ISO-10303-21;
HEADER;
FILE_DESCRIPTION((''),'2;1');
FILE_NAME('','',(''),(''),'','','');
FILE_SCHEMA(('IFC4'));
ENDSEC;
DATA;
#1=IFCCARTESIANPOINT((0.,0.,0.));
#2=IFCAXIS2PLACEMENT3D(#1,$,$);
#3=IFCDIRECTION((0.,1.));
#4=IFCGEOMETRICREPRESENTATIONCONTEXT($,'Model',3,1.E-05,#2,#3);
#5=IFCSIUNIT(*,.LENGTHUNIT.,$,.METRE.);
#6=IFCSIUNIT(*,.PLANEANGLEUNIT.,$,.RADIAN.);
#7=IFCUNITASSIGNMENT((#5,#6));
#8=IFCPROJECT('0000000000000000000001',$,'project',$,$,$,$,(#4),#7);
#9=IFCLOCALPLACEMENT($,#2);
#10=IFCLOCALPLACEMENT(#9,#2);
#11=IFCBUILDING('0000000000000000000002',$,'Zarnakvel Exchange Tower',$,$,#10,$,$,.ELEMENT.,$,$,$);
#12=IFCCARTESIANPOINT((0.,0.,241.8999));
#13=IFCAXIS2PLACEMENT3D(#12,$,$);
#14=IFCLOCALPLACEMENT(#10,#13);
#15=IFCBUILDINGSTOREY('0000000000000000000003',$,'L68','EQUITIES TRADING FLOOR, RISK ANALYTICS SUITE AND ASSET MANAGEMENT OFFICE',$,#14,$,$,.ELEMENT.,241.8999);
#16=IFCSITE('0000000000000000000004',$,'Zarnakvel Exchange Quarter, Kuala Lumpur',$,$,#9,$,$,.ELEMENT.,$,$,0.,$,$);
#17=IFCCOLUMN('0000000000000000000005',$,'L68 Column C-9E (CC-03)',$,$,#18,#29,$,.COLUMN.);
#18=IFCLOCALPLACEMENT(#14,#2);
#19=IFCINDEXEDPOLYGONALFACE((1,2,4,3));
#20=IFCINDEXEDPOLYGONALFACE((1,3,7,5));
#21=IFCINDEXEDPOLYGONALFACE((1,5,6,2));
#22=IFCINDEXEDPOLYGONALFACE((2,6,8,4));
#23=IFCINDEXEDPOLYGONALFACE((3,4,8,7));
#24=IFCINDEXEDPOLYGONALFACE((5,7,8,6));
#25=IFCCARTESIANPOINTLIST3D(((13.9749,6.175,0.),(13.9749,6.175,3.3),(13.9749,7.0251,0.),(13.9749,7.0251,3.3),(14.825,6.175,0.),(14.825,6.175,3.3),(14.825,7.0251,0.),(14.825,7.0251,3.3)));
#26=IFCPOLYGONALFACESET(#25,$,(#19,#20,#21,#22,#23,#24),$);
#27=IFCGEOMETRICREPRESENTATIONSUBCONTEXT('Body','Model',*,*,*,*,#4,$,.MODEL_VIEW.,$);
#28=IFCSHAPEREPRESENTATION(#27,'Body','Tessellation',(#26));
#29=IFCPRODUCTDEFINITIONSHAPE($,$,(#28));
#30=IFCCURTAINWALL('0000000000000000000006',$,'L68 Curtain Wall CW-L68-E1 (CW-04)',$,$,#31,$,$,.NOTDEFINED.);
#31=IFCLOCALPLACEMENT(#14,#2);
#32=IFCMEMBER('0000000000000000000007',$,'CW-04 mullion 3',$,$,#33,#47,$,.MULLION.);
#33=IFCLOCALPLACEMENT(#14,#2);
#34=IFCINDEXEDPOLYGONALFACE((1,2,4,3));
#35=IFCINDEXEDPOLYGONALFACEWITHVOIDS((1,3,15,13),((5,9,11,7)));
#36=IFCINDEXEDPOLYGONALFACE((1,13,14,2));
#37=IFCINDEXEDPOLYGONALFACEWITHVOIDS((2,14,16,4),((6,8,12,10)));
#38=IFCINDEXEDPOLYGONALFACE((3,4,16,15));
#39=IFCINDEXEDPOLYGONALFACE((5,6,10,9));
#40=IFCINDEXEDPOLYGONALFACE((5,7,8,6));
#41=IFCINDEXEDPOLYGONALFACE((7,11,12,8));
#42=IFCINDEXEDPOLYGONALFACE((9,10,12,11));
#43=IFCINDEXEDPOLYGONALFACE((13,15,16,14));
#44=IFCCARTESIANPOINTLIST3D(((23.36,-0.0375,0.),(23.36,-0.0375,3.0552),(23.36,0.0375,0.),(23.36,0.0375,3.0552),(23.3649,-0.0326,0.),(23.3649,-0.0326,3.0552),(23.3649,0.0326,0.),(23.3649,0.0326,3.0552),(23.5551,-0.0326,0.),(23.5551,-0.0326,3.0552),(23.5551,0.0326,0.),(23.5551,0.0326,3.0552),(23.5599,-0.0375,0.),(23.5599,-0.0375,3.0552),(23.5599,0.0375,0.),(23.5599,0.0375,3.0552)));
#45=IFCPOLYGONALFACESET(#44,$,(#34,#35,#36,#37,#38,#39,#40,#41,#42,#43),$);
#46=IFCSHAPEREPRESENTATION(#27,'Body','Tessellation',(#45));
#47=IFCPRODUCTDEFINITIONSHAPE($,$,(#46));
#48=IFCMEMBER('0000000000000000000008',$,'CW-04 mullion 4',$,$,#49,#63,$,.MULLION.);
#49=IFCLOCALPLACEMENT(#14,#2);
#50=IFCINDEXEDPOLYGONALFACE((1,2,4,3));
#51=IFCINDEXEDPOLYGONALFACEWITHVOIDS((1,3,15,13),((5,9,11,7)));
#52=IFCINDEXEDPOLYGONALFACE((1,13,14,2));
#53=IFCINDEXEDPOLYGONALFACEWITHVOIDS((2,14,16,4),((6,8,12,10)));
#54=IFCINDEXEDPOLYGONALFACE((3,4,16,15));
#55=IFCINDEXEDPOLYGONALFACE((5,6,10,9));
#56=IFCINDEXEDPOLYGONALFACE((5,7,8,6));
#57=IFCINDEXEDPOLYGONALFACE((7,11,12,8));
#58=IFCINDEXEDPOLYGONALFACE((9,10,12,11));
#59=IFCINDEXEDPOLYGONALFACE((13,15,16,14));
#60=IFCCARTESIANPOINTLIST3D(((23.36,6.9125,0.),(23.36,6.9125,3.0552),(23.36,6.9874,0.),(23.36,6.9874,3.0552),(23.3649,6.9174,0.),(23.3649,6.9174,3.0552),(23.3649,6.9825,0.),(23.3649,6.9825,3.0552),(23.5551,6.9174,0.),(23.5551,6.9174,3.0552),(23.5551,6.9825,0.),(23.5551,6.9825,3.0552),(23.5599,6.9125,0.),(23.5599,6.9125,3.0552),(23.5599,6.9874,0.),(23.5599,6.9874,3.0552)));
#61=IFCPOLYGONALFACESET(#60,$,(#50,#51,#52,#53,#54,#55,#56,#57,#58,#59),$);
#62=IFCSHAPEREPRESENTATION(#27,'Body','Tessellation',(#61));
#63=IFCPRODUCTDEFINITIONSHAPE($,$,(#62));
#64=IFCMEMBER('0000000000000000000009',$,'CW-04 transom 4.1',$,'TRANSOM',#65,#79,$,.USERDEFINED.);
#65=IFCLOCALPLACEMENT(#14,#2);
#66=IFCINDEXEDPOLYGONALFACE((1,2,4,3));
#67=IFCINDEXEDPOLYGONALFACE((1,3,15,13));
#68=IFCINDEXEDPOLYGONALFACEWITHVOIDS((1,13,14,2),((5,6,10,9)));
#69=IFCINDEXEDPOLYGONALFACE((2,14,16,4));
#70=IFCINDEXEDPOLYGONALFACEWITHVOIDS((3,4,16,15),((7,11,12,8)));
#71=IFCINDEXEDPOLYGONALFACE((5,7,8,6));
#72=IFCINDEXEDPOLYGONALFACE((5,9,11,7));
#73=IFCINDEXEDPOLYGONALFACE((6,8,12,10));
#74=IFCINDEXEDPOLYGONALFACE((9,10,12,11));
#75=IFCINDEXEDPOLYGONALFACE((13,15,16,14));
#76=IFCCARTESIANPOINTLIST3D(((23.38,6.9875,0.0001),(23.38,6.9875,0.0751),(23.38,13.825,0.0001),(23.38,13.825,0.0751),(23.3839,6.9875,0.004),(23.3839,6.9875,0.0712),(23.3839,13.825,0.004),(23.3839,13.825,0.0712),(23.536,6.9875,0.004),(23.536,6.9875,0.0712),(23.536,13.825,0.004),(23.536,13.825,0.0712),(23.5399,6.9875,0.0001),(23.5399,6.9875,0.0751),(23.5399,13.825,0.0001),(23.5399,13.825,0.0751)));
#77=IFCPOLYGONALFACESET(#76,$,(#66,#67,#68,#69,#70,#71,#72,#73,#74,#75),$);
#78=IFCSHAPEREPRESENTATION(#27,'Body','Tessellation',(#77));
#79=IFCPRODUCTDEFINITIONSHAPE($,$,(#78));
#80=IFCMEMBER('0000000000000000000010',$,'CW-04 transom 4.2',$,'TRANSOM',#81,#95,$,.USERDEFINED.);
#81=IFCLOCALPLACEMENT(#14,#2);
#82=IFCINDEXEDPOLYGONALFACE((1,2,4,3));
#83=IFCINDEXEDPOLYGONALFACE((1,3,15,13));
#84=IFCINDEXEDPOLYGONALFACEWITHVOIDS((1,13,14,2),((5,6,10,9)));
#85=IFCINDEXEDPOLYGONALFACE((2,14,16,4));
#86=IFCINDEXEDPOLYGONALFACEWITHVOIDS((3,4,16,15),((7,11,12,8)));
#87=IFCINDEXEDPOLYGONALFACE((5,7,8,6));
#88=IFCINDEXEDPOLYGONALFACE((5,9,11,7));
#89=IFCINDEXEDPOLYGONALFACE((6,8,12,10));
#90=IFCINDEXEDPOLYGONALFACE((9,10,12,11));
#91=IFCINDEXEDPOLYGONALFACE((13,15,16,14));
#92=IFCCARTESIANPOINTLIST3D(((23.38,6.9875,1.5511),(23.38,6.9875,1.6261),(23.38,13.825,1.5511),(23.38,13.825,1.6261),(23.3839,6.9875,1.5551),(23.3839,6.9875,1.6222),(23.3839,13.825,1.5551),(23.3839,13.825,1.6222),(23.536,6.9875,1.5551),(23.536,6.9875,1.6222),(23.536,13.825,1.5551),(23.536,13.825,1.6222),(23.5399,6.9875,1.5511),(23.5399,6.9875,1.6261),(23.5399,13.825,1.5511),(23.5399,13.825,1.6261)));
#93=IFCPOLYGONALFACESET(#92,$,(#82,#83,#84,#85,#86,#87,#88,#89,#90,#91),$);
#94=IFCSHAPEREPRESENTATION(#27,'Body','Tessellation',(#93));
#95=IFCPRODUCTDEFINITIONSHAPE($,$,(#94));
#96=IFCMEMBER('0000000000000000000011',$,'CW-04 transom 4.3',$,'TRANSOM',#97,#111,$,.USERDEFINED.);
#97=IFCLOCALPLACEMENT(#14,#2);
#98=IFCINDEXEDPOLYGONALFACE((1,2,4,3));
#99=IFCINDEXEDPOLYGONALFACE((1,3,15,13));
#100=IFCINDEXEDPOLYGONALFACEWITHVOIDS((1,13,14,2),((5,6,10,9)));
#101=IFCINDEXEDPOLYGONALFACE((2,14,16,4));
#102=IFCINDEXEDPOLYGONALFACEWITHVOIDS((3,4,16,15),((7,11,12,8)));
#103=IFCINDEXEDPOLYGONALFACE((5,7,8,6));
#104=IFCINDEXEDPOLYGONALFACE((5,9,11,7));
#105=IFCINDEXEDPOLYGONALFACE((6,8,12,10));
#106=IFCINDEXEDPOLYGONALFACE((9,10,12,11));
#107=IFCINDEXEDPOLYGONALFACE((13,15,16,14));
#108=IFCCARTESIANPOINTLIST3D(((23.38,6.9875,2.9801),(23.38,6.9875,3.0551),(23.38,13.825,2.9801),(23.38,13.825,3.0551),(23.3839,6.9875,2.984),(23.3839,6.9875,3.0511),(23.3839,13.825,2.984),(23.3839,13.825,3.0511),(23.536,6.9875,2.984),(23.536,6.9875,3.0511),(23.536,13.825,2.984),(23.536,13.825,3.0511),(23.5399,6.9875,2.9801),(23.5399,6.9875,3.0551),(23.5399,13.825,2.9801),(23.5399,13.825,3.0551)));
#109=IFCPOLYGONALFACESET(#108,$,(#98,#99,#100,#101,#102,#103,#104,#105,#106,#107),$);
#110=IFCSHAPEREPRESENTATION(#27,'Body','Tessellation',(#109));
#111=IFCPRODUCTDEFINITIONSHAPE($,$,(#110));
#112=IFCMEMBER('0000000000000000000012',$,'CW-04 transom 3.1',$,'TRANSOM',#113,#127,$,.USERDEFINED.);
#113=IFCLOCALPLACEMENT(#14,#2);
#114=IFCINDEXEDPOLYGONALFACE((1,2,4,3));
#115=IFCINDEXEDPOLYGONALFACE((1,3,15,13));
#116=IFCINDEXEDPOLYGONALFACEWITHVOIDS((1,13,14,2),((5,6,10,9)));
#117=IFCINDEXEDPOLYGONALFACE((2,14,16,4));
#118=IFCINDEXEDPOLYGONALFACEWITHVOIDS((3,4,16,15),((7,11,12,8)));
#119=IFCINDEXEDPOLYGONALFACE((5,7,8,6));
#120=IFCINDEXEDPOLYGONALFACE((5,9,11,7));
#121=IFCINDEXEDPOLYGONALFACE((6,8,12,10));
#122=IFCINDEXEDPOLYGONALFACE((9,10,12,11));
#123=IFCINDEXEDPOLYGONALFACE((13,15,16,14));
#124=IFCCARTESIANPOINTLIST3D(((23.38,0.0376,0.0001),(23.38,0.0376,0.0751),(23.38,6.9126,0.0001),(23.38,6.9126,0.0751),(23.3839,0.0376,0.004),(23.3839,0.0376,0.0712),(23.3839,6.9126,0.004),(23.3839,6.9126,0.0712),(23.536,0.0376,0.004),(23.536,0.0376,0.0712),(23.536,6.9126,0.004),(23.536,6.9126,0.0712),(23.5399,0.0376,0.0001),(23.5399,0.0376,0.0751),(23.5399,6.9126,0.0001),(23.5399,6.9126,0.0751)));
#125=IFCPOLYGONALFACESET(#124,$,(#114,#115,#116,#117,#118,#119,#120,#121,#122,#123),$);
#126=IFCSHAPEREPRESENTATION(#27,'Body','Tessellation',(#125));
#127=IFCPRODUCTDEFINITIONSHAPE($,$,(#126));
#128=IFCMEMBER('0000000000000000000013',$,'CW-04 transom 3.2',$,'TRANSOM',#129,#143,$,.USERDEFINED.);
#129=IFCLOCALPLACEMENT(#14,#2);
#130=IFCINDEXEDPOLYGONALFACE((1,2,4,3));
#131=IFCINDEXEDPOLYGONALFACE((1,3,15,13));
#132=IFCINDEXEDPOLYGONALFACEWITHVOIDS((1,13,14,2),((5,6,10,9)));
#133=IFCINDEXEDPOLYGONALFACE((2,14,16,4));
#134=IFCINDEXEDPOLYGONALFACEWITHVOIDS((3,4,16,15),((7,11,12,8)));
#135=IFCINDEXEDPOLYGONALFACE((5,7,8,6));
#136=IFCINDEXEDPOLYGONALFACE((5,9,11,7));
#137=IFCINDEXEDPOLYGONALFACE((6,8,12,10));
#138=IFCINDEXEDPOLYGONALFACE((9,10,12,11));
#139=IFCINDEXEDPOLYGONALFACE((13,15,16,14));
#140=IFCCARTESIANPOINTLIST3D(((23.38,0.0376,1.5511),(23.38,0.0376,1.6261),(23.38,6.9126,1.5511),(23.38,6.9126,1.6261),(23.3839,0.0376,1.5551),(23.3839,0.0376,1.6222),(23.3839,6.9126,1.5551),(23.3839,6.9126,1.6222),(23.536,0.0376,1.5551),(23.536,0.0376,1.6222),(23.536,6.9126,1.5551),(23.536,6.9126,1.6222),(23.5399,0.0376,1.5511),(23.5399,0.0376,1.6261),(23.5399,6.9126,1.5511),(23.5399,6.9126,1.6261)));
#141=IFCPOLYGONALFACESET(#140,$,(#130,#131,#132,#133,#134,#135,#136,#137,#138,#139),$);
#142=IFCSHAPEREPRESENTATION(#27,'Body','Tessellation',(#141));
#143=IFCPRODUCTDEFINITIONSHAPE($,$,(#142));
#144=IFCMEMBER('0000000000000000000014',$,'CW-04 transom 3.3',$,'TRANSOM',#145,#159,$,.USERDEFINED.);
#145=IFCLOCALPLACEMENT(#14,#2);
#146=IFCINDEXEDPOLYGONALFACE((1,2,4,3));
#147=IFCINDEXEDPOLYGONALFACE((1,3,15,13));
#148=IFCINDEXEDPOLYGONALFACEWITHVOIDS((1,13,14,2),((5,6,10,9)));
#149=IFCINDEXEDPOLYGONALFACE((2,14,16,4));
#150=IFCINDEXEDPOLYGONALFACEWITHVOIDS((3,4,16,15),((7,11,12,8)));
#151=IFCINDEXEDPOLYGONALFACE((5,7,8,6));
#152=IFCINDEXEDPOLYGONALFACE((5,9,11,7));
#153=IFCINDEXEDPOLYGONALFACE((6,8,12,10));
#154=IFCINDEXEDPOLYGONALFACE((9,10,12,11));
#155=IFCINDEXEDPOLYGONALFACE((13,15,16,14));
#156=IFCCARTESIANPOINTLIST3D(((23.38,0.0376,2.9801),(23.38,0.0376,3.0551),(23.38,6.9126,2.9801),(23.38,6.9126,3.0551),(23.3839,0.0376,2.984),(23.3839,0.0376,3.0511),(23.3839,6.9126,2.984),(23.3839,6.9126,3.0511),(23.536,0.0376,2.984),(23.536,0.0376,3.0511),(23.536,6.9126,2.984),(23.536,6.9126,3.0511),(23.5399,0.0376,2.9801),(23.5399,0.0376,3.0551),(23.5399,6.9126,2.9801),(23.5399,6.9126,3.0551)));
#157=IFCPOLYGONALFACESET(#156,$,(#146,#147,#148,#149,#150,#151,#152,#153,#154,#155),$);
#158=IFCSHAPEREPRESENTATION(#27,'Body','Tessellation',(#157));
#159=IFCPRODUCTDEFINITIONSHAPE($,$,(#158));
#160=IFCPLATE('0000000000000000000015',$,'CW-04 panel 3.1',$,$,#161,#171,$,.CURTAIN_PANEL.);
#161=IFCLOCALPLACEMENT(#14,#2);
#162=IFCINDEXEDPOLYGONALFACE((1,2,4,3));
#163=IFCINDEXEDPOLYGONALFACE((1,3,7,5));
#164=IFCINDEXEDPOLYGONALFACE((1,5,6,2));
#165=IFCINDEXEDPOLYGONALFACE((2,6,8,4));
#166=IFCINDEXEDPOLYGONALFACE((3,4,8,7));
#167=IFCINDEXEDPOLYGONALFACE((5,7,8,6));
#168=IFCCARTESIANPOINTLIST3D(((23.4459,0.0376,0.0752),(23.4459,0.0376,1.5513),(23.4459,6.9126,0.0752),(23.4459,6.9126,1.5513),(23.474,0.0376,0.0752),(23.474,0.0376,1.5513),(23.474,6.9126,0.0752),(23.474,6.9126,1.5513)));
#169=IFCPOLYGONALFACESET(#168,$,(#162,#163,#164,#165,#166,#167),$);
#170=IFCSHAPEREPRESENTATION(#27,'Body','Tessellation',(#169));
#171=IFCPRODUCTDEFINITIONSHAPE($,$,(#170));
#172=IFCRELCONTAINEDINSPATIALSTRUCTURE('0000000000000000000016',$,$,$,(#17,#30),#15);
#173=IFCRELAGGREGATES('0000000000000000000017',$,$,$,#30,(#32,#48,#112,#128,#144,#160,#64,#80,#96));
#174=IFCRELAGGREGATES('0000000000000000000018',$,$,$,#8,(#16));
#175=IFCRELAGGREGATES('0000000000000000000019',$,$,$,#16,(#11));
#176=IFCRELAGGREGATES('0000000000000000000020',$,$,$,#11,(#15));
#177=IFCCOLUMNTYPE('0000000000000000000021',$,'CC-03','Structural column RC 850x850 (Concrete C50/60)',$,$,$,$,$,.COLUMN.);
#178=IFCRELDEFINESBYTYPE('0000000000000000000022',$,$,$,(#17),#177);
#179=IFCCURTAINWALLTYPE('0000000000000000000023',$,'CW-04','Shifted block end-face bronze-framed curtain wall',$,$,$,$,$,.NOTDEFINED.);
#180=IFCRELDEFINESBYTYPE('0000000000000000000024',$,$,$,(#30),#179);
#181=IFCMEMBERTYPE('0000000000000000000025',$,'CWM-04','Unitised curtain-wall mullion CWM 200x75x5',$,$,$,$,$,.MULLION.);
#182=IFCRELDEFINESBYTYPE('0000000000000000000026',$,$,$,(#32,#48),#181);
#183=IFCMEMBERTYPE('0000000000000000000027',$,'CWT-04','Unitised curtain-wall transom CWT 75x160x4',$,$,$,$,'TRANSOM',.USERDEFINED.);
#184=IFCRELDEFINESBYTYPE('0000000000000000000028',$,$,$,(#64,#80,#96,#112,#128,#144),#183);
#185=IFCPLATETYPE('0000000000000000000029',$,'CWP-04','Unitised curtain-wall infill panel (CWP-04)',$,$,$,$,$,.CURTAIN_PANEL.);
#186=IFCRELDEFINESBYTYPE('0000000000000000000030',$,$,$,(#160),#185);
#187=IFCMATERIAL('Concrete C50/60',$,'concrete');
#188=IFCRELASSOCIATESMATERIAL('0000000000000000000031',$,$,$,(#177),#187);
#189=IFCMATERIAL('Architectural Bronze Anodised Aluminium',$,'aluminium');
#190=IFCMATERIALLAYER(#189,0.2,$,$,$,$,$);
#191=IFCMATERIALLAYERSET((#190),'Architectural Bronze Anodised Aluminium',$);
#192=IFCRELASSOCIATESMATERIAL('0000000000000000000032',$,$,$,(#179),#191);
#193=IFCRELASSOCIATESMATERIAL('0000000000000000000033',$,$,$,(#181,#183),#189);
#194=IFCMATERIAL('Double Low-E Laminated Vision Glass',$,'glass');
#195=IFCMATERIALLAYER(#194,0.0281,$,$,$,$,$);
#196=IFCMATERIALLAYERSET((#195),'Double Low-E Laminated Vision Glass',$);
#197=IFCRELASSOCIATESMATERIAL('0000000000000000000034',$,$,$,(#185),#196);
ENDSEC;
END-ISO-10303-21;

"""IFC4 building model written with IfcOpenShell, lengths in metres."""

from ifc_helpers import new_model, si_unit, direction, frame, origin, origin_2d, place, context, subcontext, project, spatial, rectangle, hollow_rectangle, extrude, source, transform, mapped, material, layer, layer_set, material_profile, profile_set, type_object, element, aggregate, save


model = new_model("IFC4")

# Units and contexts
model_context = context("Model", 3, precision=1e-05, world=origin(), true_north=direction((0.0, 1.0)))
body_context = subcontext(model_context, "Body", "Model", "MODEL_VIEW")
ifc_project = project(units=[si_unit("LENGTHUNIT", "METRE"), si_unit("PLANEANGLEUNIT", "RADIAN")], contexts=[model_context])

# Site, building, storey
site_placement = place(None, origin())
site = spatial("IfcSite", under=ifc_project, at=site_placement, Name="Zarnakvel Exchange Quarter, Kuala Lumpur", CompositionType="ELEMENT", RefElevation=0.0)
building_placement = place(site_placement, origin())
building = spatial("IfcBuilding", under=site, at=building_placement, Name="Zarnakvel Exchange Tower", CompositionType="ELEMENT")
storey_placement = place(building_placement, frame((0.0, 0.0, 241.8999)))
storey = spatial("IfcBuildingStorey", under=building, at=storey_placement, Name="L68", Description="EQUITIES TRADING FLOOR, RISK ANALYTICS SUITE AND ASSET MANAGEMENT OFFICE", CompositionType="ELEMENT", Elevation=241.8999)

# Column
ifc_material_1 = material(Name="Concrete C50/60", Category="concrete")
ifc_material_profile_1 = material_profile(ifc_material_1, rectangle(XDim=0.8501, YDim=0.8501, at=origin_2d()))
ifc_profile_set_1 = profile_set([ifc_material_profile_1], Name="Concrete C50/60")
column_type = type_object("IfcColumnType", Name="CC-03", Description="Structural column RC 850x850 (Concrete C50/60)", PredefinedType="COLUMN", material=ifc_profile_set_1)
column_placement = place(storey_placement, frame((14.3999, 6.6001, 0.0), z_axis=(0.0, 0.0, 1.0), x_axis=(1.0, 0.0, 0.0)))
element("IfcColumn", 1, at=column_placement, inside=storey, type_object=column_type, Name="L68 Column C-9E (CC-03)", PredefinedType="COLUMN", context=body_context, shape_type="SweptSolid", body=[
    extrude(rectangle(XDim=0.8501, YDim=0.8501, at=origin_2d()), origin(), (0.0, 0.0, 1.0), 3.3),
])

# Curtain wall, members, plate
ifc_material_2 = material(Name="Architectural Bronze Anodised Aluminium", Category="aluminium")
ifc_layer_1 = layer(ifc_material_2, 0.2)
ifc_layer_set_1 = layer_set([ifc_layer_1], Name="Architectural Bronze Anodised Aluminium")
curtain_wall_type = type_object("IfcCurtainWallType", Name="CW-04", Description="Shifted block end-face bronze-framed curtain wall", PredefinedType="NOTDEFINED", material=ifc_layer_set_1)
curtain_wall_placement = place(storey_placement, origin())
curtain_wall = element("IfcCurtainWall", 2, at=curtain_wall_placement, inside=storey, type_object=curtain_wall_type, Name="L68 Curtain Wall CW-L68-E1 (CW-04)", PredefinedType="NOTDEFINED")
ifc_material_profile_2 = material_profile(ifc_material_2, hollow_rectangle(XDim=0.2, YDim=0.075, WallThickness=0.0049, at=origin_2d()))
ifc_profile_set_2 = profile_set([ifc_material_profile_2], Name="Architectural Bronze Anodised Aluminium")
member_type_1 = type_object("IfcMemberType", Name="CWM-04", Description="Unitised curtain-wall mullion CWM 200x75x5", PredefinedType="MULLION", material=ifc_profile_set_2)
shared_shape_1 = source(origin(), body_context, "Body", "SweptSolid", [
    extrude(hollow_rectangle(XDim=0.2, YDim=0.075, WallThickness=0.0049, at=origin_2d()), origin(), (0.0, 0.0, 1.0), 3.0552),
])
member_1_placement = place(storey_placement, frame((23.46, 0.0, 0.0), z_axis=(0.0, 0.0, 1.0), x_axis=(-1.0, 0.0, 0.0)))
member_1 = element("IfcMember", 3, at=member_1_placement, type_object=member_type_1, Name="CW-04 mullion 3", PredefinedType="MULLION", context=body_context, shape_type="MappedRepresentation", body=[
    mapped(shared_shape_1, transform((0.0, 0.0, 0.0), x_axis=(1.0, 0.0, 0.0), y_axis=(0.0, 1.0, 0.0), z_axis=(0.0, 0.0, 1.0), scale=1.0)),
])
member_2_placement = place(storey_placement, frame((23.46, 6.95, 0.0), z_axis=(0.0, 0.0, 1.0), x_axis=(-1.0, 0.0, 0.0)))
member_2 = element("IfcMember", 4, at=member_2_placement, type_object=member_type_1, Name="CW-04 mullion 4", PredefinedType="MULLION", context=body_context, shape_type="MappedRepresentation", body=[
    mapped(shared_shape_1, transform((0.0, 0.0, 0.0), x_axis=(1.0, 0.0, 0.0), y_axis=(0.0, 1.0, 0.0), z_axis=(0.0, 0.0, 1.0), scale=1.0)),
])
ifc_material_profile_3 = material_profile(ifc_material_2, hollow_rectangle(XDim=0.1599, YDim=0.075, WallThickness=0.0039, at=origin_2d()))
ifc_profile_set_3 = profile_set([ifc_material_profile_3], Name="Architectural Bronze Anodised Aluminium")
member_type_2 = type_object("IfcMemberType", Name="CWT-04", Description="Unitised curtain-wall transom CWT 75x160x4", ElementType="TRANSOM", PredefinedType="USERDEFINED", material=ifc_profile_set_3)
shared_shape_2 = source(origin(), body_context, "Body", "SweptSolid", [
    extrude(hollow_rectangle(XDim=0.1599, YDim=0.075, WallThickness=0.0039, at=origin_2d()), origin(), (0.0, 0.0, 1.0), 6.8374),
])
member_3_placement = place(storey_placement, frame((23.46, 6.9875, 0.0376), z_axis=(0.0, 1.0, 0.0), x_axis=(-1.0, 0.0, 0.0)))
member_3 = element("IfcMember", 5, at=member_3_placement, type_object=member_type_2, Name="CW-04 transom 4.1", ObjectType="TRANSOM", PredefinedType="USERDEFINED", context=body_context, shape_type="MappedRepresentation", body=[
    mapped(shared_shape_2, transform((0.0, 0.0, 0.0), x_axis=(1.0, 0.0, 0.0), y_axis=(0.0, 1.0, 0.0), z_axis=(0.0, 0.0, 1.0), scale=1.0)),
])
member_4_placement = place(storey_placement, frame((23.46, 6.9875, 1.5886), z_axis=(0.0, 1.0, 0.0), x_axis=(-1.0, 0.0, 0.0)))
member_4 = element("IfcMember", 6, at=member_4_placement, type_object=member_type_2, Name="CW-04 transom 4.2", ObjectType="TRANSOM", PredefinedType="USERDEFINED", context=body_context, shape_type="MappedRepresentation", body=[
    mapped(shared_shape_2, transform((0.0, 0.0, 0.0), x_axis=(1.0, 0.0, 0.0), y_axis=(0.0, 1.0, 0.0), z_axis=(0.0, 0.0, 1.0), scale=1.0)),
])
member_5_placement = place(storey_placement, frame((23.46, 6.9875, 3.0176), z_axis=(0.0, 1.0, 0.0), x_axis=(-1.0, 0.0, 0.0)))
member_5 = element("IfcMember", 7, at=member_5_placement, type_object=member_type_2, Name="CW-04 transom 4.3", ObjectType="TRANSOM", PredefinedType="USERDEFINED", context=body_context, shape_type="MappedRepresentation", body=[
    mapped(shared_shape_2, transform((0.0, 0.0, 0.0), x_axis=(1.0, 0.0, 0.0), y_axis=(0.0, 1.0, 0.0), z_axis=(0.0, 0.0, 1.0), scale=1.0)),
])
shared_shape_3 = source(origin(), body_context, "Body", "SweptSolid", [
    extrude(hollow_rectangle(XDim=0.1599, YDim=0.075, WallThickness=0.0039, at=origin_2d()), origin(), (0.0, 0.0, 1.0), 6.875),
])
member_6_placement = place(storey_placement, frame((23.46, 0.0376, 0.0376), z_axis=(0.0, 1.0, 0.0), x_axis=(-1.0, 0.0, 0.0)))
member_6 = element("IfcMember", 8, at=member_6_placement, type_object=member_type_2, Name="CW-04 transom 3.1", ObjectType="TRANSOM", PredefinedType="USERDEFINED", context=body_context, shape_type="MappedRepresentation", body=[
    mapped(shared_shape_3, transform((0.0, 0.0, 0.0), x_axis=(1.0, 0.0, 0.0), y_axis=(0.0, 1.0, 0.0), z_axis=(0.0, 0.0, 1.0), scale=1.0)),
])
member_7_placement = place(storey_placement, frame((23.46, 0.0376, 1.5886), z_axis=(0.0, 1.0, 0.0), x_axis=(-1.0, 0.0, 0.0)))
member_7 = element("IfcMember", 9, at=member_7_placement, type_object=member_type_2, Name="CW-04 transom 3.2", ObjectType="TRANSOM", PredefinedType="USERDEFINED", context=body_context, shape_type="MappedRepresentation", body=[
    mapped(shared_shape_3, transform((0.0, 0.0, 0.0), x_axis=(1.0, 0.0, 0.0), y_axis=(0.0, 1.0, 0.0), z_axis=(0.0, 0.0, 1.0), scale=1.0)),
])
member_8_placement = place(storey_placement, frame((23.46, 0.0376, 3.0176), z_axis=(0.0, 1.0, 0.0), x_axis=(-1.0, 0.0, 0.0)))
member_8 = element("IfcMember", 10, at=member_8_placement, type_object=member_type_2, Name="CW-04 transom 3.3", ObjectType="TRANSOM", PredefinedType="USERDEFINED", context=body_context, shape_type="MappedRepresentation", body=[
    mapped(shared_shape_3, transform((0.0, 0.0, 0.0), x_axis=(1.0, 0.0, 0.0), y_axis=(0.0, 1.0, 0.0), z_axis=(0.0, 0.0, 1.0), scale=1.0)),
])
ifc_material_3 = material(Name="Double Low-E Laminated Vision Glass", Category="glass")
ifc_layer_2 = layer(ifc_material_3, 0.0281)
ifc_layer_set_2 = layer_set([ifc_layer_2], Name="Double Low-E Laminated Vision Glass")
plate_type = type_object("IfcPlateType", Name="CWP-04", Description="Unitised curtain-wall infill panel (CWP-04)", PredefinedType="CURTAIN_PANEL", material=ifc_layer_set_2)
shared_shape_4 = source(origin(), body_context, "Body", "SweptSolid", [
    extrude(rectangle(XDim=6.875, YDim=0.0281, at=origin_2d()), origin(), (0.0, 0.0, 1.0), 1.4761),
])
plate_1_placement = place(storey_placement, frame((23.46, 3.4751, 0.0752), z_axis=(0.0, 0.0, 1.0), x_axis=(0.0, 1.0, 0.0)))
plate_1 = element("IfcPlate", 11, at=plate_1_placement, type_object=plate_type, Name="CW-04 panel 3.1", PredefinedType="CURTAIN_PANEL", context=body_context, shape_type="MappedRepresentation", body=[
    mapped(shared_shape_4, transform((0.0, 0.0, 0.0), x_axis=(1.0, 0.0, 0.0), y_axis=(0.0, 1.0, 0.0), z_axis=(0.0, 0.0, 1.0), scale=1.0)),
])
aggregate(curtain_wall, [member_1, member_2, member_6, member_7, member_8, plate_1, member_3, member_4, member_5])

save(model, "model.ifc")
